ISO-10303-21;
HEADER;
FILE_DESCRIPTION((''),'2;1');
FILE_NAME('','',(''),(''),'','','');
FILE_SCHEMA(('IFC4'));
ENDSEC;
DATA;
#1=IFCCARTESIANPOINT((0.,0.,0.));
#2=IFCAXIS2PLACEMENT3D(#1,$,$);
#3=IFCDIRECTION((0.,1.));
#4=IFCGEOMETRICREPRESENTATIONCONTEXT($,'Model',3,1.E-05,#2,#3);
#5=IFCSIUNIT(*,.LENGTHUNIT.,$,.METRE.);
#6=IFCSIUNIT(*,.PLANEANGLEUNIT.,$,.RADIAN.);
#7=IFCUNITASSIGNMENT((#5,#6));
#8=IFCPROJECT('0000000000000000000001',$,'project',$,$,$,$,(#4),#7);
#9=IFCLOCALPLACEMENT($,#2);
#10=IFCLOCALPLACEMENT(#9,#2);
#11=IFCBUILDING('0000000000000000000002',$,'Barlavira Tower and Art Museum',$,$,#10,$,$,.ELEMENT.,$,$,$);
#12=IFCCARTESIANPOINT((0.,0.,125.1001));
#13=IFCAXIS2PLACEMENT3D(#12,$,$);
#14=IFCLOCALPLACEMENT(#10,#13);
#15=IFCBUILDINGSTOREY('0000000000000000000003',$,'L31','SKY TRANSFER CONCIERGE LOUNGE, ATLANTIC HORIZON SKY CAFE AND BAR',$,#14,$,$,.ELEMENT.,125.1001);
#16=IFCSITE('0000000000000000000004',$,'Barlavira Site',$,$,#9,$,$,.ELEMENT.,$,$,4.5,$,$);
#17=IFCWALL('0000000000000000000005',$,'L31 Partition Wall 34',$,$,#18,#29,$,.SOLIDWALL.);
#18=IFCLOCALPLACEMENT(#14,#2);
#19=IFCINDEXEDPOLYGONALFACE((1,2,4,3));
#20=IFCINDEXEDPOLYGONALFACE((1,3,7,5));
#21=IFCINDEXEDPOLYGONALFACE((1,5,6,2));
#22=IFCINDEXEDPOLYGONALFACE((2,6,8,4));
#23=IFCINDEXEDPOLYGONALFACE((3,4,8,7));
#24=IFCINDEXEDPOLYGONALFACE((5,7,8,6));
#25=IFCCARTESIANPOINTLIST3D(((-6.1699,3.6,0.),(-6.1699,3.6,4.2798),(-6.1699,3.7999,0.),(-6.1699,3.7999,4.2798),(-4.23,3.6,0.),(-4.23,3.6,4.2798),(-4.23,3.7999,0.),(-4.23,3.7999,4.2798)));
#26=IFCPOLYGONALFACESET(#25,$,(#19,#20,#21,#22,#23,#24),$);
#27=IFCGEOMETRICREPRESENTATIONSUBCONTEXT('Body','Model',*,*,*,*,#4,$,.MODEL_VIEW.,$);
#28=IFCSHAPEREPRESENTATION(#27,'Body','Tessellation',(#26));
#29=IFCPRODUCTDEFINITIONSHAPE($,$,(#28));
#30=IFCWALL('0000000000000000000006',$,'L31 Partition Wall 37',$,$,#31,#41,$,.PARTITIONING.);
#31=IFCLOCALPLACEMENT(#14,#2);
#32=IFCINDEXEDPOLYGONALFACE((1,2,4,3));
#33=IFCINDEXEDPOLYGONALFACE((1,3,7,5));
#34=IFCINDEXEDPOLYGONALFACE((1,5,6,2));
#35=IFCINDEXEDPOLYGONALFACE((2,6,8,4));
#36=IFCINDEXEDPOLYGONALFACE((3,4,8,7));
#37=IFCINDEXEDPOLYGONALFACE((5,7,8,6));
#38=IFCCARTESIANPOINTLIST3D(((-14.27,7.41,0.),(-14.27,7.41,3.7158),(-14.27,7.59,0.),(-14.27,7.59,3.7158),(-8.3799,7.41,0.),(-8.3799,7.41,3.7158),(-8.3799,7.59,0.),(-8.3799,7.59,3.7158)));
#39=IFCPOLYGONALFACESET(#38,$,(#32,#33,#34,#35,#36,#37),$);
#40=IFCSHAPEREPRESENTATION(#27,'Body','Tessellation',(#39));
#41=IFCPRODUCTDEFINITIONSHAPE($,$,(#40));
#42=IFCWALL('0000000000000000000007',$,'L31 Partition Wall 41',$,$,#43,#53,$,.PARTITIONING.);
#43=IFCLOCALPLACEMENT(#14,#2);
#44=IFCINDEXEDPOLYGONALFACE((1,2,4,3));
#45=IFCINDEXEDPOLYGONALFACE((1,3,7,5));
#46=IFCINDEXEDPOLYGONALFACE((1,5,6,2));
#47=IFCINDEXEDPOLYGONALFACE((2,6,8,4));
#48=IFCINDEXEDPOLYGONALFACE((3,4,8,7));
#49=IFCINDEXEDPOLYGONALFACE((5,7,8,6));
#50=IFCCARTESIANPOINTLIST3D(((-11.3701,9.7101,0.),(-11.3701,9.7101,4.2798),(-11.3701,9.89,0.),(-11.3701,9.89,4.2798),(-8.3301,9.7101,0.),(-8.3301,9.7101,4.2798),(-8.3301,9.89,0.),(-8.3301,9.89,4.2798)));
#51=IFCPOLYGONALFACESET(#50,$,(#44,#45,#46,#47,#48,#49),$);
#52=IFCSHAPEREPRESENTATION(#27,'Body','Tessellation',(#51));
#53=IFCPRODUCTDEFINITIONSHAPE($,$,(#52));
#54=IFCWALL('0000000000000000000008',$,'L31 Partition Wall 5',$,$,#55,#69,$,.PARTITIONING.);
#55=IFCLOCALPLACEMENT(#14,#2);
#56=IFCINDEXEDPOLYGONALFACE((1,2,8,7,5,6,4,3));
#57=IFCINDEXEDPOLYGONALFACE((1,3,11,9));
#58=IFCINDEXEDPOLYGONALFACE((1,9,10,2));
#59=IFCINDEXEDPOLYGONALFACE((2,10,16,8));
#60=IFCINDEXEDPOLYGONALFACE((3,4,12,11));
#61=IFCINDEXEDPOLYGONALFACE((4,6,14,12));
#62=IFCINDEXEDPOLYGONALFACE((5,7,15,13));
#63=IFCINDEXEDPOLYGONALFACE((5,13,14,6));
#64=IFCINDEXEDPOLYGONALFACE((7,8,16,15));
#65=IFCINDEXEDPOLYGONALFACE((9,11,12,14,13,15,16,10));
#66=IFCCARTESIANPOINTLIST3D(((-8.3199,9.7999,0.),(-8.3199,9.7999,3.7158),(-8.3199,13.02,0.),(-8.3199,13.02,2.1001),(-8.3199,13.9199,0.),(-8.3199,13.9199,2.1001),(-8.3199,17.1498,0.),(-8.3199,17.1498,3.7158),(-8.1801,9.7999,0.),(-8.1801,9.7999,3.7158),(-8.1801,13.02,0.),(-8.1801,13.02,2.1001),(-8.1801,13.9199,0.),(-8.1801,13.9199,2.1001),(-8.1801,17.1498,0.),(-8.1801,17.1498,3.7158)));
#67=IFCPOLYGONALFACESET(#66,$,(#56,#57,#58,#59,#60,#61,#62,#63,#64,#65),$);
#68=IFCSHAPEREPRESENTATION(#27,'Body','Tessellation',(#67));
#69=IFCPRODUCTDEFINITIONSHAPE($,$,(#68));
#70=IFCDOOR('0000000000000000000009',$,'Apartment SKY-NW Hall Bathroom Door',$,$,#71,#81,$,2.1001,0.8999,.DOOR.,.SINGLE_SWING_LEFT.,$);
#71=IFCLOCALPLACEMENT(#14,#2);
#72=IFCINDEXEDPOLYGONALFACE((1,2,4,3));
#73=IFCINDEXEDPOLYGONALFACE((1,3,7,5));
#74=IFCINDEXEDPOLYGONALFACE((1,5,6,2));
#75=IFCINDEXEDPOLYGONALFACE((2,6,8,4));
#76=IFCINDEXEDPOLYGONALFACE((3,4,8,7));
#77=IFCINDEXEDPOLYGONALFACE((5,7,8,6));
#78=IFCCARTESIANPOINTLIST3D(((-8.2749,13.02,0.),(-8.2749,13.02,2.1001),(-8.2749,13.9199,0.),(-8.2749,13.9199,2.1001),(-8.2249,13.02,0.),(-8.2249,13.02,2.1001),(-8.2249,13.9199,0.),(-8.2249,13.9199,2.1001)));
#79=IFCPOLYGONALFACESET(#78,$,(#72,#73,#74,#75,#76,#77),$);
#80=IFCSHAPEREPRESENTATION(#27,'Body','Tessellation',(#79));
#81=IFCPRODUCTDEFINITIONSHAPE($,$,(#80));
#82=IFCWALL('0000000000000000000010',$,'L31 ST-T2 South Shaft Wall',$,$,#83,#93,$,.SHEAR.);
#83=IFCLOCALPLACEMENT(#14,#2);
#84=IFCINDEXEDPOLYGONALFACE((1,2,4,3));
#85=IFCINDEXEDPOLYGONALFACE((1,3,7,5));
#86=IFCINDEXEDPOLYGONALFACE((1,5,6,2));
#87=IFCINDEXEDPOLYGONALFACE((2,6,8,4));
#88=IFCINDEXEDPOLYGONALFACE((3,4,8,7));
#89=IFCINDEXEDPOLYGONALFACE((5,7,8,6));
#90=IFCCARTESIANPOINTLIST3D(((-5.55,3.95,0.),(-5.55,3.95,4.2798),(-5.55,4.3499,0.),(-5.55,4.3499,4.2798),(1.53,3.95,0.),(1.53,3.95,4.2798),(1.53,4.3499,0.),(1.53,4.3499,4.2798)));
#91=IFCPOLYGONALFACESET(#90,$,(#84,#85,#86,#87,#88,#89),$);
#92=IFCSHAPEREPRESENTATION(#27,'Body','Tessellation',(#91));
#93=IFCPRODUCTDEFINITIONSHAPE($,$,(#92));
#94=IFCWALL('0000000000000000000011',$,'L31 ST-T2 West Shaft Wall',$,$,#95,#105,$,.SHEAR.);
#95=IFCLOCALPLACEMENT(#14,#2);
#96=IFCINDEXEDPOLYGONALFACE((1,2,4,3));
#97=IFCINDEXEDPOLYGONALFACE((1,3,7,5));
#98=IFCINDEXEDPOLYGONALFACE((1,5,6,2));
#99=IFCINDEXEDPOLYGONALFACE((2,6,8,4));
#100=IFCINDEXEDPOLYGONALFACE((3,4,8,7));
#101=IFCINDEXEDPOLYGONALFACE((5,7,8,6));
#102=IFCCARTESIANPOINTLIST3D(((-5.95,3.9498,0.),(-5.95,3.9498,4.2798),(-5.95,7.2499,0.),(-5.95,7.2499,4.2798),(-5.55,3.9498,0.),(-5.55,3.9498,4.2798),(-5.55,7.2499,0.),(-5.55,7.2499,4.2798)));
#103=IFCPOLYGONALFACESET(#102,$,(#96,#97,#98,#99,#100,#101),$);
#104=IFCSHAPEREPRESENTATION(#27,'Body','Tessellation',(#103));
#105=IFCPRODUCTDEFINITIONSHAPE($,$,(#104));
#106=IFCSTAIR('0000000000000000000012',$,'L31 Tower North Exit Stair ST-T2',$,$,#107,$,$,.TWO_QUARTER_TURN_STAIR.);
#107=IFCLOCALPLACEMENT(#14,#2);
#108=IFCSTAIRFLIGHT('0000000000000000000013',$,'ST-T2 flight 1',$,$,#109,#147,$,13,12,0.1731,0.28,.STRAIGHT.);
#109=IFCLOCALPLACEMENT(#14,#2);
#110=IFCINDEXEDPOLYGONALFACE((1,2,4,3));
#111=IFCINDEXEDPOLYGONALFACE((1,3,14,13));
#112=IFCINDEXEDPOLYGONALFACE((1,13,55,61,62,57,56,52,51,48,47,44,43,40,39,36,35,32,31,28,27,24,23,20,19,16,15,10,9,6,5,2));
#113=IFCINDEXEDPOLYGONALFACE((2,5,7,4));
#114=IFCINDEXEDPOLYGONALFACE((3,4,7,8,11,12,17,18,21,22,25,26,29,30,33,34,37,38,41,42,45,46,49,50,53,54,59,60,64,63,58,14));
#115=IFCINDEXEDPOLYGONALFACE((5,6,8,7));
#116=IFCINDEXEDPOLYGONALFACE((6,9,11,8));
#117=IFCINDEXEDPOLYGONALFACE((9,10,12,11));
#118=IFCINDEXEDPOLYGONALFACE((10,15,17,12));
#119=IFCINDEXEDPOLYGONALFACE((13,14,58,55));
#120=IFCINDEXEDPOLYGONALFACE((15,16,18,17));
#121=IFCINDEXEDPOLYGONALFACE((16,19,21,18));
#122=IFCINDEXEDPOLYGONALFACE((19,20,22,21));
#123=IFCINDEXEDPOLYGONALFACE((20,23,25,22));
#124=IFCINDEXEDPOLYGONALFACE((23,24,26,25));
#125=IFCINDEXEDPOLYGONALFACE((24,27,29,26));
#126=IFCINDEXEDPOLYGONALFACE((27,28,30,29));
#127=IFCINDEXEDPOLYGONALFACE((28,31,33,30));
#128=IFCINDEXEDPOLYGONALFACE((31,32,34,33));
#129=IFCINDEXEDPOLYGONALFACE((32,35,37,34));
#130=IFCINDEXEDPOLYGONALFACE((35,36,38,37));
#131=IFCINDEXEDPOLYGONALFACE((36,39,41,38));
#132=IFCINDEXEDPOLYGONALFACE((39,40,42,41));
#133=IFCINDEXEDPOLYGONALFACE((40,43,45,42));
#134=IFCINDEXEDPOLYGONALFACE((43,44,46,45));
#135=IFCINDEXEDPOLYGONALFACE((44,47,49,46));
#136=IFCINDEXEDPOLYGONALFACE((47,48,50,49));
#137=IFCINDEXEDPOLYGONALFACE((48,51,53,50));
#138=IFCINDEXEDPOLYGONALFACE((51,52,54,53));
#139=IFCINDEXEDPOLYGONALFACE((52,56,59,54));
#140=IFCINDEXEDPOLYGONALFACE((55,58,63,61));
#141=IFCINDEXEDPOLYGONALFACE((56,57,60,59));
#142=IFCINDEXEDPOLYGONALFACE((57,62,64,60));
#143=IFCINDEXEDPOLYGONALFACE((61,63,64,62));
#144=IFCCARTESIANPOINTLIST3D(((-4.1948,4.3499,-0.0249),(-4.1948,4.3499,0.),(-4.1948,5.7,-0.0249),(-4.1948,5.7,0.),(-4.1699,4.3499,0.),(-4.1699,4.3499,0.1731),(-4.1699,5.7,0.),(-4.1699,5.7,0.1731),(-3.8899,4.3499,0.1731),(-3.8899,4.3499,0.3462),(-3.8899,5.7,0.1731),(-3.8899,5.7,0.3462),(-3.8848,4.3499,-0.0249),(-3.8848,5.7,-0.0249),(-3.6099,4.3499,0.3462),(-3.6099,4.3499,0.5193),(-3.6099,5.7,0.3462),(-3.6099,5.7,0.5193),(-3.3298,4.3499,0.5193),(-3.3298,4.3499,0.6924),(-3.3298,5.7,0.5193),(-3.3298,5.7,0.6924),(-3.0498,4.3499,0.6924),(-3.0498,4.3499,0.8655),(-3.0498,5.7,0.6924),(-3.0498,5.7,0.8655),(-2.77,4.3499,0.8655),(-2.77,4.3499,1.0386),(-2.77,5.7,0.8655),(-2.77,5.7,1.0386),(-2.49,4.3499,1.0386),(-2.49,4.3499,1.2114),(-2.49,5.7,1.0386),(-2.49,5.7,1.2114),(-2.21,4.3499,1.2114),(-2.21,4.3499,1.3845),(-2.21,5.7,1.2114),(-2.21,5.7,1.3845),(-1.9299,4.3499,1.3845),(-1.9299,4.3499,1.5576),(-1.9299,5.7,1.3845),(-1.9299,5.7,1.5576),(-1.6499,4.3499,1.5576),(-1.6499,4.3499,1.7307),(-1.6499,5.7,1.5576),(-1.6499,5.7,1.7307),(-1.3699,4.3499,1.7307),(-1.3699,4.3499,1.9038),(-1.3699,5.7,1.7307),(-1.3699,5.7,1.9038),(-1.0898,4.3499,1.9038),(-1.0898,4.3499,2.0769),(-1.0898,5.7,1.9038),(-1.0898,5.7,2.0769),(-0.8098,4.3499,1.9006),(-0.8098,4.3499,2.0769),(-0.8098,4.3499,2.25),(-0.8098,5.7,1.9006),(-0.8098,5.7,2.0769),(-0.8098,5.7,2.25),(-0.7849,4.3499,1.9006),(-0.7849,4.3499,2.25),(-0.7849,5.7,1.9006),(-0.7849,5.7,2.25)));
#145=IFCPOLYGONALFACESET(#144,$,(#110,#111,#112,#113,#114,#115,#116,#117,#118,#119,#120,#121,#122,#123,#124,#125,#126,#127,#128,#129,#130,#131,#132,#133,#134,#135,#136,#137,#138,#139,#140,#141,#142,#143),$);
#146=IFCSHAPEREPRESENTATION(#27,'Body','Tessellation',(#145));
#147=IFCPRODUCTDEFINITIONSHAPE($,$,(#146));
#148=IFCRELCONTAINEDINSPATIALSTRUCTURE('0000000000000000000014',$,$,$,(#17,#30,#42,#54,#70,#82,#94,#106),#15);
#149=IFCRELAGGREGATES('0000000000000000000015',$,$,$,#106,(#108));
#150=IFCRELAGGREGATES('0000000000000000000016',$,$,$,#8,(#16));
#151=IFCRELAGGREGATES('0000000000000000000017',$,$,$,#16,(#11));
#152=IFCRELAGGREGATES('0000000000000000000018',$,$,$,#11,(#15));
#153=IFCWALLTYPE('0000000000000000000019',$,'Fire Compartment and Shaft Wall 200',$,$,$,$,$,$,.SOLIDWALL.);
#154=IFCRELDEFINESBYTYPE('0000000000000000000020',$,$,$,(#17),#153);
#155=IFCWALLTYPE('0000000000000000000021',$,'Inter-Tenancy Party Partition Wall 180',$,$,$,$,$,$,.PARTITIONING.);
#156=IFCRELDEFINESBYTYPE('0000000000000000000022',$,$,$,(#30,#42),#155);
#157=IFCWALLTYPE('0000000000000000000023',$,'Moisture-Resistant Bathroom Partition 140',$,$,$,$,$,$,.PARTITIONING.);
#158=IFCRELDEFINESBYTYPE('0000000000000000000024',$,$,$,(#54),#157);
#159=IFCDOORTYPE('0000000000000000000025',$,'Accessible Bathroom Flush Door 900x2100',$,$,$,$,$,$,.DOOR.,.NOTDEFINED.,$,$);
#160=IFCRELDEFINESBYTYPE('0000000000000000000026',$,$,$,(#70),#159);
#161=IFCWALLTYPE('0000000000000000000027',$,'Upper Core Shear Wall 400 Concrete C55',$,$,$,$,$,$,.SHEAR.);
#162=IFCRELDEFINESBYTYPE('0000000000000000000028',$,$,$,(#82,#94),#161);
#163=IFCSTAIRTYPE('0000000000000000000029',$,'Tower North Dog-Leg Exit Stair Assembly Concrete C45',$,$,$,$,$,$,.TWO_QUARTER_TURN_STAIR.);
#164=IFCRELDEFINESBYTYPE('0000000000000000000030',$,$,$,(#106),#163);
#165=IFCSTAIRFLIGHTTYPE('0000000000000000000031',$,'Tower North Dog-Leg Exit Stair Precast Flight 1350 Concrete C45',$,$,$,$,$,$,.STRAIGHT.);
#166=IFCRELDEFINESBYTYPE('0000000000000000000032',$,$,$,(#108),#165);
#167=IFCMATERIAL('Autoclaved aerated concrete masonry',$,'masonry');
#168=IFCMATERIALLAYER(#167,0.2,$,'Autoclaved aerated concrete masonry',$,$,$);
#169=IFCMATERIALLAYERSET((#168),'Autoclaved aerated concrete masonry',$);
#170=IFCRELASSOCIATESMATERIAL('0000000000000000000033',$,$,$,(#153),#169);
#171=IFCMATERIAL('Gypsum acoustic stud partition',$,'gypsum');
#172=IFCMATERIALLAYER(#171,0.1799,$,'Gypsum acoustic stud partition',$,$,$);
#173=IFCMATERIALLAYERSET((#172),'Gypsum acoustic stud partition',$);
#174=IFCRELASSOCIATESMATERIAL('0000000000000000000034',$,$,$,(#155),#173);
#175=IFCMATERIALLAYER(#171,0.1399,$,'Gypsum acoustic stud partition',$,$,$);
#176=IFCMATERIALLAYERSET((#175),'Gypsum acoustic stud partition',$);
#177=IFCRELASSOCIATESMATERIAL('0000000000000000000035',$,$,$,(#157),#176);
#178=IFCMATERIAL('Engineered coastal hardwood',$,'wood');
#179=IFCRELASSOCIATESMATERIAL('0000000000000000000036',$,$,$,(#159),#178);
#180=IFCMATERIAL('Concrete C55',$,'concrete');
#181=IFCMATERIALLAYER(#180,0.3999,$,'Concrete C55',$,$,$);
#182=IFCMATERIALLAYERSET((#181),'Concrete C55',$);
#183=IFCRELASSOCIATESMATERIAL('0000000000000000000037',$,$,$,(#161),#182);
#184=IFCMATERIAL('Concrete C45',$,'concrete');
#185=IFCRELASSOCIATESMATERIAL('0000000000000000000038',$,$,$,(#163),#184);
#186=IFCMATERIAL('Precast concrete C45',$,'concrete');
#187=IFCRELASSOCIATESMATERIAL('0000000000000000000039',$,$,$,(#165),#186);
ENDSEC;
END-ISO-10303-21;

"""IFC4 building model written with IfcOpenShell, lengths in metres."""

from ifc_helpers import new_model, si_unit, direction, frame, frame_2d, origin, place, context, subcontext, project, spatial, polyline, rectangle, outline, extrude, material, layer, layer_set, type_object, element, fill, aggregate, save


model = new_model("IFC4")

# Units and contexts
model_context = context("Model", 3, precision=1e-05, world=origin(), true_north=direction((0.0, 1.0)))
body_context = subcontext(model_context, "Body", "Model", "MODEL_VIEW")
ifc_project = project(units=[si_unit("LENGTHUNIT", "METRE"), si_unit("PLANEANGLEUNIT", "RADIAN")], contexts=[model_context])

# Site, building, storey
site_placement = place(None, origin())
site = spatial("IfcSite", under=ifc_project, at=site_placement, Name="Barlavira Site", CompositionType="ELEMENT", RefElevation=4.5)
building_placement = place(site_placement, origin())
building = spatial("IfcBuilding", under=site, at=building_placement, Name="Barlavira Tower and Art Museum", CompositionType="ELEMENT")
storey_placement = place(building_placement, frame((0.0, 0.0, 125.1001)))
storey = spatial("IfcBuildingStorey", under=building, at=storey_placement, Name="L31", Description="SKY TRANSFER CONCIERGE LOUNGE, ATLANTIC HORIZON SKY CAFE AND BAR", CompositionType="ELEMENT", Elevation=125.1001)

# Shared definitions
ifc_material_1 = material(Name="Gypsum acoustic stud partition", Category="gypsum")
ifc_material_2 = material(Name="Engineered coastal hardwood", Category="wood")

# Walls
ifc_material_3 = material(Name="Autoclaved aerated concrete masonry", Category="masonry")
ifc_layer_1 = layer(ifc_material_3, 0.2, Name="Autoclaved aerated concrete masonry")
ifc_layer_set_1 = layer_set([ifc_layer_1], Name="Autoclaved aerated concrete masonry")
wall_type_1 = type_object("IfcWallType", Name="Fire Compartment and Shaft Wall 200", PredefinedType="SOLIDWALL", material=ifc_layer_set_1)
wall_1_placement = place(storey_placement, frame((-6.1699, 3.7, 0.0), z_axis=(0.0, 0.0, 1.0), x_axis=(1.0, 0.0, 0.0)))
element("IfcWall", 1, at=wall_1_placement, inside=storey, type_object=wall_type_1, Name="L31 Partition Wall 34", PredefinedType="SOLIDWALL", context=body_context, shape_type="SweptSolid", body=[
    extrude(rectangle(XDim=1.9399, YDim=0.2, at=frame_2d((0.97, 0.0))), origin(), (0.0, 0.0, 1.0), 4.2798),
])
ifc_layer_2 = layer(ifc_material_1, 0.1799, Name="Gypsum acoustic stud partition")
ifc_layer_set_2 = layer_set([ifc_layer_2], Name="Gypsum acoustic stud partition")
wall_type_2 = type_object("IfcWallType", Name="Inter-Tenancy Party Partition Wall 180", PredefinedType="PARTITIONING", material=ifc_layer_set_2)
wall_2_placement = place(storey_placement, frame((-14.27, 7.5, 0.0), z_axis=(0.0, 0.0, 1.0), x_axis=(1.0, 0.0, 0.0)))
element("IfcWall", 2, at=wall_2_placement, inside=storey, type_object=wall_type_2, Name="L31 Partition Wall 37", PredefinedType="PARTITIONING", context=body_context, shape_type="SweptSolid", body=[
    extrude(rectangle(XDim=5.8901, YDim=0.1799, at=frame_2d((2.9451, 0.0))), origin(), (0.0, 0.0, 1.0), 3.7158),
])
wall_3_placement = place(storey_placement, frame((-11.3701, 9.8, 0.0), z_axis=(0.0, 0.0, 1.0), x_axis=(1.0, 0.0, 0.0)))
element("IfcWall", 3, at=wall_3_placement, inside=storey, type_object=wall_type_2, Name="L31 Partition Wall 41", PredefinedType="PARTITIONING", context=body_context, shape_type="SweptSolid", body=[
    extrude(rectangle(XDim=3.04, YDim=0.1799, at=frame_2d((1.52, 0.0))), origin(), (0.0, 0.0, 1.0), 4.2798),
])

# Wall, opening, door
ifc_layer_3 = layer(ifc_material_1, 0.1399, Name="Gypsum acoustic stud partition")
ifc_layer_set_3 = layer_set([ifc_layer_3], Name="Gypsum acoustic stud partition")
wall_type_3 = type_object("IfcWallType", Name="Moisture-Resistant Bathroom Partition 140", PredefinedType="PARTITIONING", material=ifc_layer_set_3)
wall_4_placement = place(storey_placement, frame((-8.25, 9.8, 0.0), z_axis=(0.0, 0.0, 1.0), x_axis=(0.0, 1.0, 0.0)))
wall_4 = element("IfcWall", 4, at=wall_4_placement, inside=storey, type_object=wall_type_3, Name="L31 Partition Wall 5", PredefinedType="PARTITIONING", context=body_context, shape_type="SweptSolid", body=[
    extrude(rectangle(XDim=7.3499, YDim=0.1399, at=frame_2d((3.6748, 0.0))), origin(), (0.0, 0.0, 1.0), 3.7158),
])
opening_1_placement = place(wall_4_placement, frame((3.22, 0.0, 0.0)))
opening_1 = element("IfcOpeningElement", 5, at=opening_1_placement, cuts=wall_4, PredefinedType="OPENING", context=body_context, shape_type="SweptSolid", body=[
    extrude(rectangle(XDim=0.8999, YDim=2.1001, at=frame_2d((0.45, 1.05))), frame((0.0, 0.0801, 0.0), z_axis=(0.0, -1.0, 0.0), x_axis=(1.0, 0.0, 0.0)), (0.0, 0.0, 1.0), 0.1599),
])
door_type_1 = type_object("IfcDoorType", Name="Accessible Bathroom Flush Door 900x2100", OperationType="NOTDEFINED", PredefinedType="DOOR", material=ifc_material_2)
door_1_placement = place(opening_1_placement, origin())
door_1 = element("IfcDoor", 6, at=door_1_placement, inside=storey, type_object=door_type_1, Name="Apartment SKY-NW Hall Bathroom Door", OperationType="SINGLE_SWING_LEFT", OverallHeight=2.1001, OverallWidth=0.8999, PredefinedType="DOOR", context=body_context, shape_type="SweptSolid", body=[
    extrude(rectangle(XDim=0.8999, YDim=2.1001, at=frame_2d((0.45, 1.05))), frame((0.0, 0.0249, 0.0), z_axis=(0.0, -1.0, 0.0), x_axis=(1.0, 0.0, 0.0)), (0.0, 0.0, 1.0), 0.05),
])
fill(opening_1, door_1)

# Walls
ifc_material_4 = material(Name="Concrete C55", Category="concrete")
ifc_layer_4 = layer(ifc_material_4, 0.3999, Name="Concrete C55")
ifc_layer_set_4 = layer_set([ifc_layer_4], Name="Concrete C55")
wall_type_4 = type_object("IfcWallType", Name="Upper Core Shear Wall 400 Concrete C55", PredefinedType="SHEAR", material=ifc_layer_set_4)
wall_5_placement = place(storey_placement, frame((-5.55, 4.1499, 0.0), z_axis=(0.0, 0.0, 1.0), x_axis=(1.0, 0.0, 0.0)))
element("IfcWall", 7, at=wall_5_placement, inside=storey, type_object=wall_type_4, Name="L31 ST-T2 South Shaft Wall", PredefinedType="SHEAR", context=body_context, shape_type="SweptSolid", body=[
    extrude(rectangle(XDim=7.0801, YDim=0.3999, at=frame_2d((3.54, 0.0))), origin(), (0.0, 0.0, 1.0), 4.2798),
])
wall_6_placement = place(storey_placement, frame((-5.75, 3.95, 0.0), z_axis=(0.0, 0.0, 1.0), x_axis=(0.0, 1.0, 0.0)))
element("IfcWall", 8, at=wall_6_placement, inside=storey, type_object=wall_type_4, Name="L31 ST-T2 West Shaft Wall", PredefinedType="SHEAR", context=body_context, shape_type="SweptSolid", body=[
    extrude(rectangle(XDim=3.3, YDim=0.3999, at=frame_2d((1.6499, 0.0))), origin(), (0.0, 0.0, 1.0), 4.2798),
])

# Stair, stair flight
ifc_material_5 = material(Name="Concrete C45", Category="concrete")
stair_type = type_object("IfcStairType", Name="Tower North Dog-Leg Exit Stair Assembly Concrete C45", PredefinedType="TWO_QUARTER_TURN_STAIR", material=ifc_material_5)
stair_placement = place(storey_placement, origin())
stair = element("IfcStair", 9, at=stair_placement, inside=storey, type_object=stair_type, Name="L31 Tower North Exit Stair ST-T2", PredefinedType="TWO_QUARTER_TURN_STAIR")
ifc_material_6 = material(Name="Precast concrete C45", Category="concrete")
stair_flight_type = type_object("IfcStairFlightType", Name="Tower North Dog-Leg Exit Stair Precast Flight 1350 Concrete C45", PredefinedType="STRAIGHT", material=ifc_material_6)
stair_flight_placement = place(storey_placement, frame((-4.1699, 5.0249, 0.0), z_axis=(0.0, 0.0, 1.0), x_axis=(1.0, 0.0, 0.0)))
stair_flight = element("IfcStairFlight", 10, at=stair_flight_placement, type_object=stair_flight_type, Name="ST-T2 flight 1", NumberOfRisers=13, NumberOfTreads=12, PredefinedType="STRAIGHT", RiserHeight=0.1731, TreadLength=0.28, context=body_context, shape_type="SweptSolid", body=[
    extrude(outline(polyline([(-0.0249, 0.0), (0.0, 0.0), (0.0, 0.1731), (0.28, 0.1731), (0.28, 0.3462), (0.5601, 0.3462), (0.5601, 0.5193), (0.8401, 0.5193), (0.8401, 0.6924), (1.1201, 0.6924), (1.1201, 0.8655), (1.3999, 0.8655), (1.3999, 1.0386), (1.6799, 1.0386), (1.6799, 1.2114), (1.96, 1.2114), (1.96, 1.3845), (2.24, 1.3845), (2.24, 1.5576), (2.52, 1.5576), (2.52, 1.7307), (2.8, 1.7307), (2.8, 1.9038), (3.0801, 1.9038), (3.0801, 2.0769), (3.3601, 2.0769), (3.3601, 2.25), (3.385, 2.25), (3.385, 1.9006), (3.3601, 1.9006), (0.2852, -0.0249), (-0.0249, -0.0249), (-0.0249, 0.0)])), frame((0.0, 0.675, 0.0), z_axis=(0.0, -1.0, 0.0), x_axis=(1.0, 0.0, 0.0)), (0.0, 0.0, 1.0), 1.3501),
])
aggregate(stair, [stair_flight])

save(model, "model.ifc")
